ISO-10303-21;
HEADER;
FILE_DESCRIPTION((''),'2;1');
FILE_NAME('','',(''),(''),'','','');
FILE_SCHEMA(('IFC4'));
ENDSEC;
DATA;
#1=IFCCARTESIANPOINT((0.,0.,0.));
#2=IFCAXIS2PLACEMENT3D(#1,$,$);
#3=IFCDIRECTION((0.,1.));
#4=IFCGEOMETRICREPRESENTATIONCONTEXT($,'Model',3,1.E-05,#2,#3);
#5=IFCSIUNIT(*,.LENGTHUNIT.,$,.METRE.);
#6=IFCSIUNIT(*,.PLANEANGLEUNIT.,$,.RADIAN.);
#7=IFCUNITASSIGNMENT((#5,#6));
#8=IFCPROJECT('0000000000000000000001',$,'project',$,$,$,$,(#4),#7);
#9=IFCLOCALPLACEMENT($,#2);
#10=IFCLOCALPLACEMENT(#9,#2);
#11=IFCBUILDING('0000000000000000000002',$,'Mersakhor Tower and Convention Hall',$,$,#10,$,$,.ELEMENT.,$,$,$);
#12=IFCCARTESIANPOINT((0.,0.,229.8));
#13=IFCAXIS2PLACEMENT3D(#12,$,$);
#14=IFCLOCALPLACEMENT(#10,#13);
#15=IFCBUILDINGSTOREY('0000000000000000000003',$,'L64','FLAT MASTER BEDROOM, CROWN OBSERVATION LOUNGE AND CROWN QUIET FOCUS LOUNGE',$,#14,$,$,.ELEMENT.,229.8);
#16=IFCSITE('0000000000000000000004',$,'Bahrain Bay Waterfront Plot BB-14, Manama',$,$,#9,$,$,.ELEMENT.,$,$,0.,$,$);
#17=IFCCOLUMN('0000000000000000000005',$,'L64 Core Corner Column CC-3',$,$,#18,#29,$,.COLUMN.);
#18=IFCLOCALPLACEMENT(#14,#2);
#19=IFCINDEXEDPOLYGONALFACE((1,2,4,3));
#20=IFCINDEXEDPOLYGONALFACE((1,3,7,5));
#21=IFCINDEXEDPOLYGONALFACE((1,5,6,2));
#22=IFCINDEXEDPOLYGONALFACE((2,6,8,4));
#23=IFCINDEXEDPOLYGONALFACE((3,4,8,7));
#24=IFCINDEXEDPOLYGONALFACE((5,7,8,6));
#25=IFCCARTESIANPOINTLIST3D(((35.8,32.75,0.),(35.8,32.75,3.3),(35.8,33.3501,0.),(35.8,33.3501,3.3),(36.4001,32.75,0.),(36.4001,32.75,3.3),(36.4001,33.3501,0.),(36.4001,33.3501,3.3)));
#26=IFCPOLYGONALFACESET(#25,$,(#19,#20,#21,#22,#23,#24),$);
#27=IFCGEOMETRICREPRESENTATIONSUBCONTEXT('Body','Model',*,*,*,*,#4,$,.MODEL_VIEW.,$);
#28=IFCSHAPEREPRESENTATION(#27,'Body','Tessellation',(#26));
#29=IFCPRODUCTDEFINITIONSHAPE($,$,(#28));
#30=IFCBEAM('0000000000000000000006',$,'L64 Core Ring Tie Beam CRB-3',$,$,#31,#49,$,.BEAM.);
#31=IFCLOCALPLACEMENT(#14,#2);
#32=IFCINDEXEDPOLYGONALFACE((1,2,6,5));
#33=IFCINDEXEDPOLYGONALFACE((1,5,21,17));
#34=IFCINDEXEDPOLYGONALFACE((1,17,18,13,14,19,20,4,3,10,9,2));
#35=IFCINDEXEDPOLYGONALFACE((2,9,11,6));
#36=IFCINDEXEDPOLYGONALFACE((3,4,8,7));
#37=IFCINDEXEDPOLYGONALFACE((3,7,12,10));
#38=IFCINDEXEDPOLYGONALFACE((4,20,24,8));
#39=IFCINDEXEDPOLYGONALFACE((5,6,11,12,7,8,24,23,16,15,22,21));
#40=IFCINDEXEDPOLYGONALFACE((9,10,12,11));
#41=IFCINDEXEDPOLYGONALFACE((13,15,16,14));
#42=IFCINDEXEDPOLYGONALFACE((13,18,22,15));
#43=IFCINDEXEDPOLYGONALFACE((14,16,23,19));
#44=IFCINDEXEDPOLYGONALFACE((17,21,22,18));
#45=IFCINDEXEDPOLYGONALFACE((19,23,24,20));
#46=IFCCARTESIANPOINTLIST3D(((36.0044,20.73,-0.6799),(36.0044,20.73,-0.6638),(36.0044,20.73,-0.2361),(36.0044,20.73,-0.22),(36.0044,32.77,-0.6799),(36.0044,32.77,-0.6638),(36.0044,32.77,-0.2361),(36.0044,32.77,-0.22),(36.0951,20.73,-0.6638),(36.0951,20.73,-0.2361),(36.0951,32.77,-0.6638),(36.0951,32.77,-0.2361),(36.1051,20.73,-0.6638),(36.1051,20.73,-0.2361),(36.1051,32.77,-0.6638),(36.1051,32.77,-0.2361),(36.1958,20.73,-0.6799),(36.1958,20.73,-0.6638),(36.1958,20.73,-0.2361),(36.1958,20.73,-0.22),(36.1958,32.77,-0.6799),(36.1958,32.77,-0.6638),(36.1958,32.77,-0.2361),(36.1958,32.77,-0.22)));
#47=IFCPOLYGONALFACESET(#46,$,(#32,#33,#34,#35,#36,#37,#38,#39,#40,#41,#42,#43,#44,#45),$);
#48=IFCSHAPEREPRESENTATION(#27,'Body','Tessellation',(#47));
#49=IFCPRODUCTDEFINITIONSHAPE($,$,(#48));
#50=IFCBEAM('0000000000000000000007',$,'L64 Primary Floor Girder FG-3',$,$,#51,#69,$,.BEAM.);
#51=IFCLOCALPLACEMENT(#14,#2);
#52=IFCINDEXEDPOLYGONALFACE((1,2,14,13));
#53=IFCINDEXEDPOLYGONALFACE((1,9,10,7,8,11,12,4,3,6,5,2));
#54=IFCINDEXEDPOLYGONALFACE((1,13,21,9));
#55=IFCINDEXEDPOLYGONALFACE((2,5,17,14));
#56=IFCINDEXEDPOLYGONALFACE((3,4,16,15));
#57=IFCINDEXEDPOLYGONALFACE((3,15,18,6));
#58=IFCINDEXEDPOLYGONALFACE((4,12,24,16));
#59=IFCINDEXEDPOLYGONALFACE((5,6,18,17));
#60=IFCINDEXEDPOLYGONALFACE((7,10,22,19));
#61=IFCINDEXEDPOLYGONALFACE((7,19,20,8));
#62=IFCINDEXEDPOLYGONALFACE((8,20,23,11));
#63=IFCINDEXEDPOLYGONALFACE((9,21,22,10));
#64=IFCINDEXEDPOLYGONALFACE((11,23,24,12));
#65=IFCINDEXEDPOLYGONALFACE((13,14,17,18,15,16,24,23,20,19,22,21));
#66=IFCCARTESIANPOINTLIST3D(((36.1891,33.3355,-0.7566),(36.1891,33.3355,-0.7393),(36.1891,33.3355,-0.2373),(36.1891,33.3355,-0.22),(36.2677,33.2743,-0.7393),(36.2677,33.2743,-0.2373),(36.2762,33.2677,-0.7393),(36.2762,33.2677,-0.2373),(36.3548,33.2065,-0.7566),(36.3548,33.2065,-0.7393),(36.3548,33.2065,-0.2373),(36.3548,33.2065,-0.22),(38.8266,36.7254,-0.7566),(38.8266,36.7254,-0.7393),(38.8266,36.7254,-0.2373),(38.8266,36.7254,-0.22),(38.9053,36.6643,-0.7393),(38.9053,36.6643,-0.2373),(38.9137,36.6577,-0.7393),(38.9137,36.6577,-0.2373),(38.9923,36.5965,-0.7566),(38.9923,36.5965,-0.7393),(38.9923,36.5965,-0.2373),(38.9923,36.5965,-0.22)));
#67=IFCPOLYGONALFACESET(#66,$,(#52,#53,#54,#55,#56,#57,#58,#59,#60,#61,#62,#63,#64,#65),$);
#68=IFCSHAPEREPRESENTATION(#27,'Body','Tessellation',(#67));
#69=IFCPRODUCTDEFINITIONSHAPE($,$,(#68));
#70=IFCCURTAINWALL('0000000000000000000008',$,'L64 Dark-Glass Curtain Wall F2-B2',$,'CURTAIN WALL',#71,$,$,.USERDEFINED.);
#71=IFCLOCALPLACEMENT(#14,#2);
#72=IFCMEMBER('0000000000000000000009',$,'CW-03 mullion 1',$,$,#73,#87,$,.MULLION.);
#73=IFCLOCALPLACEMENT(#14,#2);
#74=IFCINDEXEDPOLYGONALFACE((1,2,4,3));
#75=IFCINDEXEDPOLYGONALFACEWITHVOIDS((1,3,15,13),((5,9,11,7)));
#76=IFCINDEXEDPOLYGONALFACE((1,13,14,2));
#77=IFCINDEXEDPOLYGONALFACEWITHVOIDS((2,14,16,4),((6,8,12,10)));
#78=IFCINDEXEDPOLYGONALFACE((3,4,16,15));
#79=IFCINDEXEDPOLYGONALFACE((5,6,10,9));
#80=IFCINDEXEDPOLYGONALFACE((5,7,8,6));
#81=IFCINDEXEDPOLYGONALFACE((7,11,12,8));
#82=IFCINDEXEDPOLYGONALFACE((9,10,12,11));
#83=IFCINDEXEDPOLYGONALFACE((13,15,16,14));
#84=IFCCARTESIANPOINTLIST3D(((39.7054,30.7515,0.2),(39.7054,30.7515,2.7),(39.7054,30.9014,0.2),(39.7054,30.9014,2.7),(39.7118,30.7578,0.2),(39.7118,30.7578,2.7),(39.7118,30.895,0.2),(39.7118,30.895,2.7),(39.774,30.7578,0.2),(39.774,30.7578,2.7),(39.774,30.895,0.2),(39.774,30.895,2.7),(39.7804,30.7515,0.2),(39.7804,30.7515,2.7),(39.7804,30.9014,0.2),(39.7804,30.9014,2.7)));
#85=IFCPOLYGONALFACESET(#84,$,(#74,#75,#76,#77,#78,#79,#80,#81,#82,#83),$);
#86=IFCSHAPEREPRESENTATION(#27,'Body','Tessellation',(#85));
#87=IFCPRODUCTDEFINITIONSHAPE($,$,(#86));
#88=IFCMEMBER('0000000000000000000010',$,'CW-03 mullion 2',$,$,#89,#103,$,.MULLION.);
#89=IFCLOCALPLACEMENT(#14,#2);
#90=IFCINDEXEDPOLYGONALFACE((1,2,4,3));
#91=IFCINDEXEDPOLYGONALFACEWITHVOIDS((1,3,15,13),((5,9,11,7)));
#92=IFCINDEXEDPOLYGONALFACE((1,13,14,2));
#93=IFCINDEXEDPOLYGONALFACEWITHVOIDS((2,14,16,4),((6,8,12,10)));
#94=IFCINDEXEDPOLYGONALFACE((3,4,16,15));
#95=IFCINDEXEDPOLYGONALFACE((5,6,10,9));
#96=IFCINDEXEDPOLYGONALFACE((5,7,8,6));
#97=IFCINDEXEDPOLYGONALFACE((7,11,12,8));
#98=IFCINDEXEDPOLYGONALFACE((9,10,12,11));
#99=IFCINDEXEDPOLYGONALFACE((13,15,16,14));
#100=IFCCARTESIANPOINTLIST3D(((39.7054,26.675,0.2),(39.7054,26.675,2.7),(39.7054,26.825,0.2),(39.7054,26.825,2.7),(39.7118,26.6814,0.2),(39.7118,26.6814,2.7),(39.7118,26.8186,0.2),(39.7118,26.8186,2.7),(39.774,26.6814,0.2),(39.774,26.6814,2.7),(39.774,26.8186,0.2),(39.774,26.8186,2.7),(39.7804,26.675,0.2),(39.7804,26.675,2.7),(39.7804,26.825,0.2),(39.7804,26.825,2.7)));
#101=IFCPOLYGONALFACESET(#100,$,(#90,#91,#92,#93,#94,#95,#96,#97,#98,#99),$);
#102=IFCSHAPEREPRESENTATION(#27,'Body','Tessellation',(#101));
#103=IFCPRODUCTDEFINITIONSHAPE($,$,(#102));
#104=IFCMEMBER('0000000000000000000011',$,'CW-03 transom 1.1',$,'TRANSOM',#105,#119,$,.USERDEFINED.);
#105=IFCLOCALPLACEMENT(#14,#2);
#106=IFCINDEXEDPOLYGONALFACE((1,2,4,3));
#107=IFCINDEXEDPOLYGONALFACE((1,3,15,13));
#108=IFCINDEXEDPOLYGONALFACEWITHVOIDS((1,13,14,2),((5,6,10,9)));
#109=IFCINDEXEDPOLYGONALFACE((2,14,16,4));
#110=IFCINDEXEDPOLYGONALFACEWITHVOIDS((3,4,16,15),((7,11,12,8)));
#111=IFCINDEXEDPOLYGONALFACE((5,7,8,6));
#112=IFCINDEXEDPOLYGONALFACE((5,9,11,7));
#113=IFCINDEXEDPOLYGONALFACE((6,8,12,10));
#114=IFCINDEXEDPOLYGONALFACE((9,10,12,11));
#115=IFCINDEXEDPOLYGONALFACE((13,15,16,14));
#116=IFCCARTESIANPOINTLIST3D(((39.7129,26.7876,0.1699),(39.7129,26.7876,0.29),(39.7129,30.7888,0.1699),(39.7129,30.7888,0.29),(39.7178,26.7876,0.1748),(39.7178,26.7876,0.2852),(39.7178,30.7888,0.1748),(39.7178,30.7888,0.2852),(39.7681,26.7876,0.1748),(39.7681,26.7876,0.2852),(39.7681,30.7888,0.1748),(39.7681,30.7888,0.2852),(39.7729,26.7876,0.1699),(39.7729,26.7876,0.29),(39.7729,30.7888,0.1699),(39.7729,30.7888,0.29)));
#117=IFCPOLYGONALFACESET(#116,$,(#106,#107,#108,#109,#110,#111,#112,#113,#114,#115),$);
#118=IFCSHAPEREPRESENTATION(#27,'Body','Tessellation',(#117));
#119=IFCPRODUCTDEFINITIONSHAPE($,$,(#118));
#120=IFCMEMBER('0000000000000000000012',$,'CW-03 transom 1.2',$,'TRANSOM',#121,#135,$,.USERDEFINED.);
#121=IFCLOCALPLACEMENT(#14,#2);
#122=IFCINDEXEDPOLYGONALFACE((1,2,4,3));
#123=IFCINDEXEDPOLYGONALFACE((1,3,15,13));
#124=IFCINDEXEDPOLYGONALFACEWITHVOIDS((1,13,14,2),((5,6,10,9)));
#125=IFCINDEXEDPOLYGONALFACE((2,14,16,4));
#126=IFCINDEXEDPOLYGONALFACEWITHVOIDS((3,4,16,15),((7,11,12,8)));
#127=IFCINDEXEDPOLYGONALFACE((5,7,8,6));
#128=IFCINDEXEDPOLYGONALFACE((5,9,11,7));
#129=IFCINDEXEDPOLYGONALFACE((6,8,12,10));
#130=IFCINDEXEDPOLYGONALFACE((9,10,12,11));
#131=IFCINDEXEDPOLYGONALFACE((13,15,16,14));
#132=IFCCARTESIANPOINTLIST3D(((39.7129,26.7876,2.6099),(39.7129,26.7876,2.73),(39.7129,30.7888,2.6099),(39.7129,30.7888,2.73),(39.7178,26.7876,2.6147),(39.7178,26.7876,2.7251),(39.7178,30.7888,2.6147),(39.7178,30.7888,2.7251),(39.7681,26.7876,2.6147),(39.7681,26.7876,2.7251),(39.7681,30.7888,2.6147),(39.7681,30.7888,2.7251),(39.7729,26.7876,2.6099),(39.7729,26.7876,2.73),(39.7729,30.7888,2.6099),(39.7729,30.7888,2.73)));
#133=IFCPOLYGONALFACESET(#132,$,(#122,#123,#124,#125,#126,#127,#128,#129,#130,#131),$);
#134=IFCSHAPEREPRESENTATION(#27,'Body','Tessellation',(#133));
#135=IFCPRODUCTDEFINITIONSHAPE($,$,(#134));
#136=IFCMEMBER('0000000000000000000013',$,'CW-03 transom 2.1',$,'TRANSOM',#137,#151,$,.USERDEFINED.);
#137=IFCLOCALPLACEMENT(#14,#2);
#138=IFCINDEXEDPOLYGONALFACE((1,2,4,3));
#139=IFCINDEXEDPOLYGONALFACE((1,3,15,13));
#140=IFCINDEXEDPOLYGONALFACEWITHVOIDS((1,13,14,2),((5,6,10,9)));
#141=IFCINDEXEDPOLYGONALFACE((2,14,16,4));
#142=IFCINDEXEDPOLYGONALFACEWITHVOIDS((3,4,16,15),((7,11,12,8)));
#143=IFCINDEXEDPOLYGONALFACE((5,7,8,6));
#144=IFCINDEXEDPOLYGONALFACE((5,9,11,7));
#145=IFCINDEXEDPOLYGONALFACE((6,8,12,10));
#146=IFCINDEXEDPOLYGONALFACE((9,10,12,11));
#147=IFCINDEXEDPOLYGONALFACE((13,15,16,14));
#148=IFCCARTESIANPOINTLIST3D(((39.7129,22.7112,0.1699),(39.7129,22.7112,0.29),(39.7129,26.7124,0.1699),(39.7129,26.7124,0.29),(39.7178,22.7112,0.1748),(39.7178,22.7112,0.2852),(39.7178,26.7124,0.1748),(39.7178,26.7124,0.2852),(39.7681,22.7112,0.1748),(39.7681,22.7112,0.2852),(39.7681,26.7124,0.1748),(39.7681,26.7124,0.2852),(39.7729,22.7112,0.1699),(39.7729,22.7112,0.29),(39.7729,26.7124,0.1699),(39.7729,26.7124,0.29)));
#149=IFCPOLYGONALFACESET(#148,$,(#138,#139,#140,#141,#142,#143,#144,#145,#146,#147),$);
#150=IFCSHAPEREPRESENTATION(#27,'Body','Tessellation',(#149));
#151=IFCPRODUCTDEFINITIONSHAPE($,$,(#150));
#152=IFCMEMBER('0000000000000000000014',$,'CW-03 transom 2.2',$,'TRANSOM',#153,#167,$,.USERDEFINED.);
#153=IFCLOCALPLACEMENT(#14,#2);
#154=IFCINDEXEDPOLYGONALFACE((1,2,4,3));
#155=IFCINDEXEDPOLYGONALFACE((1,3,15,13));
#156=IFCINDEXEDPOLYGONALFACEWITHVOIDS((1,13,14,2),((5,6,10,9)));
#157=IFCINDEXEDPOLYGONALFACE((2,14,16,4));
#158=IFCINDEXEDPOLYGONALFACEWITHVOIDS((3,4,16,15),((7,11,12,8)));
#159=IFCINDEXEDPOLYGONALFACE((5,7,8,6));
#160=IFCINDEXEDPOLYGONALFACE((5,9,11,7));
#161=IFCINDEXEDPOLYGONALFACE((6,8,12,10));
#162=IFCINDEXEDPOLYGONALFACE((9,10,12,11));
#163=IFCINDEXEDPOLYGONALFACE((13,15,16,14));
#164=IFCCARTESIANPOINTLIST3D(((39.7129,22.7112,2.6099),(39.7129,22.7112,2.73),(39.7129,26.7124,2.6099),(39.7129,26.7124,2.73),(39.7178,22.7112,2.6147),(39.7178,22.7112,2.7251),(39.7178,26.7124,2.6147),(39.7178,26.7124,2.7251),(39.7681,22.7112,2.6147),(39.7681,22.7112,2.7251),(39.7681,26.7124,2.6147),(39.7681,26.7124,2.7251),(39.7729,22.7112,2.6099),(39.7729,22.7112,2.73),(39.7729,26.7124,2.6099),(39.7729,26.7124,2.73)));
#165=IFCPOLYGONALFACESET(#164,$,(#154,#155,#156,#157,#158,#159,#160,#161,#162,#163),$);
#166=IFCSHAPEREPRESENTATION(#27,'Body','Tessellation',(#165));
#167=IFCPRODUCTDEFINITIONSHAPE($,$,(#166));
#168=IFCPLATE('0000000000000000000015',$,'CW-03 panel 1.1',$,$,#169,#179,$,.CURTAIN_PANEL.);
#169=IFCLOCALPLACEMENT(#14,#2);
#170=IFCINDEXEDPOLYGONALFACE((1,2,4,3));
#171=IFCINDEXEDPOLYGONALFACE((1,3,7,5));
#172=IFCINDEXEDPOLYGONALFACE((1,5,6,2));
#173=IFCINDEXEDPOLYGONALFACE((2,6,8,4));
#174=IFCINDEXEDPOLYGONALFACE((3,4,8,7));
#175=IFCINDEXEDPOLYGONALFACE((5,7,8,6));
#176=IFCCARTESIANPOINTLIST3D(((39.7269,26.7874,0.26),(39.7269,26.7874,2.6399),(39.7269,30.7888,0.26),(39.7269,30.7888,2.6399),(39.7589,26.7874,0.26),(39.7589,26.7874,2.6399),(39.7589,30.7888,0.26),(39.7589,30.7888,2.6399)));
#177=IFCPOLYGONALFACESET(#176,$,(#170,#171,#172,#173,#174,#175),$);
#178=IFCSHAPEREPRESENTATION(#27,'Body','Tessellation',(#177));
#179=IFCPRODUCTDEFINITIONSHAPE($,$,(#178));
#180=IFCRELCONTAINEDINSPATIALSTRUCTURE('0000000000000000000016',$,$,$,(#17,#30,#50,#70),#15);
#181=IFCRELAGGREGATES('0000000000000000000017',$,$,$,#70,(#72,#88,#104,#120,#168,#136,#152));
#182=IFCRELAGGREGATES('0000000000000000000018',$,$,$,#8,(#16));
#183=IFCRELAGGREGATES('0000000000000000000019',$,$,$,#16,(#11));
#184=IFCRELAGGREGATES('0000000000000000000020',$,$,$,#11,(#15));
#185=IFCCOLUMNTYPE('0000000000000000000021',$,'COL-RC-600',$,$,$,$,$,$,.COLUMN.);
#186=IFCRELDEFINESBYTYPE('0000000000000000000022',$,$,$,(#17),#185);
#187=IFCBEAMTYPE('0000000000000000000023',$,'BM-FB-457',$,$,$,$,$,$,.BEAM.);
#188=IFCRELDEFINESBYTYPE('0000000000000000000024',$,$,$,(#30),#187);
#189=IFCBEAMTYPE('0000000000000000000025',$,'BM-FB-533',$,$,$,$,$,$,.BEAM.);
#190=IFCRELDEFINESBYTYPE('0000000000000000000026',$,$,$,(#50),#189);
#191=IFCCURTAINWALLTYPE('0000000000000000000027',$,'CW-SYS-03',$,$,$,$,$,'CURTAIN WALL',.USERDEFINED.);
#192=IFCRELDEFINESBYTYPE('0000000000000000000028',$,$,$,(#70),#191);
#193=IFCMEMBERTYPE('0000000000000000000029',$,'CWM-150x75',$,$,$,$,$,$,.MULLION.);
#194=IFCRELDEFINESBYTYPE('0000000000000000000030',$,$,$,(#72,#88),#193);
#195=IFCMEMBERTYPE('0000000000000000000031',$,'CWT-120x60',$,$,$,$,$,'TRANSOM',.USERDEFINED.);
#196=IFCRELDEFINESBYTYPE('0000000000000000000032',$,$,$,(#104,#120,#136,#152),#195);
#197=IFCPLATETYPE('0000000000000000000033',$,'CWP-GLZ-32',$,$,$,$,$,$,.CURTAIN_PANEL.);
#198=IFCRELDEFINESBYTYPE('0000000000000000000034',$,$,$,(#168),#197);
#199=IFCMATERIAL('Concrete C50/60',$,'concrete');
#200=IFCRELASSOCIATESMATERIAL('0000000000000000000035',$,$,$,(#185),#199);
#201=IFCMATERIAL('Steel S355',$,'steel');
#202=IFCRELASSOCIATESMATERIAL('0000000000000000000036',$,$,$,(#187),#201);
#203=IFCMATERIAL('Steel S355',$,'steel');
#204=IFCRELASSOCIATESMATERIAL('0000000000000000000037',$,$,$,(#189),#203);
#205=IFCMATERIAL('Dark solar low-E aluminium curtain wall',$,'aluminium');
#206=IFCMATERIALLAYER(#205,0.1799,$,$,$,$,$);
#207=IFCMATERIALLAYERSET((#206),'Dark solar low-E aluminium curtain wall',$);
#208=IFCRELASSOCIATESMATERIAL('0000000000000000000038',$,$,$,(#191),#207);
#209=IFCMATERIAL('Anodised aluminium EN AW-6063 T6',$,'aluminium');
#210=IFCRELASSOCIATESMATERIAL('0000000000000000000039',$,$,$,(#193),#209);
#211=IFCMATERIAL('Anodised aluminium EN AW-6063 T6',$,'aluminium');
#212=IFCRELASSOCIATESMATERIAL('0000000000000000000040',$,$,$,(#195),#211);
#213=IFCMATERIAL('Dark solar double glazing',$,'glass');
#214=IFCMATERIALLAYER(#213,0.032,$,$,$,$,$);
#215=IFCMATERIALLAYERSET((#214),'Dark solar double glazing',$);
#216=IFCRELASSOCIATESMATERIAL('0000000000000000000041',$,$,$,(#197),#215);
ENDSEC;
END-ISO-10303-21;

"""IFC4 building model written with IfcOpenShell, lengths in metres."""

from ifc_helpers import new_model, si_unit, direction, frame, origin, origin_2d, place, context, subcontext, project, spatial, rectangle, hollow_rectangle, i_section, extrude, material, layer, layer_set, material_profile, profile_set, type_object, element, aggregate, save


model = new_model("IFC4")

# Units and contexts
model_context = context("Model", 3, precision=1e-05, world=origin(), true_north=direction((0.0, 1.0)))
body_context = subcontext(model_context, "Body", "Model", "MODEL_VIEW")
ifc_project = project(units=[si_unit("LENGTHUNIT", "METRE"), si_unit("PLANEANGLEUNIT", "RADIAN")], contexts=[model_context])

# Site, building, storey
site_placement = place(None, origin())
site = spatial("IfcSite", under=ifc_project, at=site_placement, Name="Bahrain Bay Waterfront Plot BB-14, Manama", CompositionType="ELEMENT", RefElevation=0.0)
building_placement = place(site_placement, origin())
building = spatial("IfcBuilding", under=site, at=building_placement, Name="Mersakhor Tower and Convention Hall", CompositionType="ELEMENT")
storey_placement = place(building_placement, frame((0.0, 0.0, 229.8)))
storey = spatial("IfcBuildingStorey", under=building, at=storey_placement, Name="L64", Description="FLAT MASTER BEDROOM, CROWN OBSERVATION LOUNGE AND CROWN QUIET FOCUS LOUNGE", CompositionType="ELEMENT", Elevation=229.8)

# Column
ifc_material_1 = material(Name="Concrete C50/60", Category="concrete")
ifc_material_profile_1 = material_profile(ifc_material_1, rectangle(XDim=0.6001, YDim=0.6001, at=origin_2d()), Name="RC 600x600")
ifc_profile_set_1 = profile_set([ifc_material_profile_1], Name="Concrete C50/60")
column_type = type_object("IfcColumnType", Name="COL-RC-600", PredefinedType="COLUMN", material=ifc_profile_set_1)
column_placement = place(storey_placement, frame((36.1001, 33.05, 0.0), z_axis=(0.0, 0.0, 1.0), x_axis=(1.0, 0.0, 0.0)))
element("IfcColumn", 1, at=column_placement, inside=storey, type_object=column_type, Name="L64 Core Corner Column CC-3", PredefinedType="COLUMN", context=body_context, shape_type="SweptSolid", body=[
    extrude(rectangle(XDim=0.6001, YDim=0.6001, at=origin_2d()), origin(), (0.0, 0.0, 1.0), 3.3),
])

# Beams
ifc_material_2 = material(Name="Steel S355", Category="steel")
ifc_material_profile_2 = material_profile(ifc_material_2, i_section(OverallWidth=0.1914, OverallDepth=0.46, WebThickness=0.01, FlangeThickness=0.0161, at=origin_2d()), Name="UB 457x191x82")
ifc_profile_set_2 = profile_set([ifc_material_profile_2], Name="Steel S355")
beam_type_1 = type_object("IfcBeamType", Name="BM-FB-457", PredefinedType="BEAM", material=ifc_profile_set_2)
beam_1_placement = place(storey_placement, frame((36.1001, 32.77, -0.45), z_axis=(0.0, -1.0, 0.0), x_axis=(1.0, 0.0, 0.0)))
element("IfcBeam", 2, at=beam_1_placement, inside=storey, type_object=beam_type_1, Name="L64 Core Ring Tie Beam CRB-3", PredefinedType="BEAM", context=body_context, shape_type="SweptSolid", body=[
    extrude(i_section(OverallWidth=0.1914, OverallDepth=0.46, WebThickness=0.01, FlangeThickness=0.0161, at=origin_2d()), origin(), (0.0, 0.0, 1.0), 12.04),
])
ifc_material_3 = material(Name="Steel S355", Category="steel")
ifc_material_profile_3 = material_profile(ifc_material_3, i_section(OverallWidth=0.21, OverallDepth=0.5366, WebThickness=0.0107, FlangeThickness=0.0173, at=origin_2d()), Name="UB 533x210x101")
ifc_profile_set_3 = profile_set([ifc_material_profile_3], Name="Steel S355")
beam_type_2 = type_object("IfcBeamType", Name="BM-FB-533", PredefinedType="BEAM", material=ifc_profile_set_3)
beam_2_placement = place(storey_placement, frame((36.272, 33.271, -0.4883), z_axis=(0.614067, 0.789254, 0.0), x_axis=(-0.789254, 0.614067, 0.0)))
element("IfcBeam", 3, at=beam_2_placement, inside=storey, type_object=beam_type_2, Name="L64 Primary Floor Girder FG-3", PredefinedType="BEAM", context=body_context, shape_type="SweptSolid", body=[
    extrude(i_section(OverallWidth=0.21, OverallDepth=0.5366, WebThickness=0.0107, FlangeThickness=0.0173, at=origin_2d()), origin(), (0.0, 0.0, 1.0), 4.2952),
])

# Curtain wall, members, plate
ifc_material_4 = material(Name="Dark solar low-E aluminium curtain wall", Category="aluminium")
ifc_layer_1 = layer(ifc_material_4, 0.1799)
ifc_layer_set_1 = layer_set([ifc_layer_1], Name="Dark solar low-E aluminium curtain wall")
curtain_wall_type = type_object("IfcCurtainWallType", Name="CW-SYS-03", ElementType="CURTAIN WALL", PredefinedType="USERDEFINED", material=ifc_layer_set_1)
curtain_wall_placement = place(storey_placement, origin())
curtain_wall = element("IfcCurtainWall", 4, at=curtain_wall_placement, inside=storey, type_object=curtain_wall_type, Name="L64 Dark-Glass Curtain Wall F2-B2", ObjectType="CURTAIN WALL", PredefinedType="USERDEFINED")
ifc_material_5 = material(Name="Anodised aluminium EN AW-6063 T6", Category="aluminium")
ifc_material_profile_4 = material_profile(ifc_material_5, hollow_rectangle(XDim=0.075, YDim=0.1499, WallThickness=0.0063, at=origin_2d()), Name="RHS 150x75x6.3")
ifc_profile_set_4 = profile_set([ifc_material_profile_4], Name="Anodised aluminium EN AW-6063 T6")
member_type_1 = type_object("IfcMemberType", Name="CWM-150x75", PredefinedType="MULLION", material=ifc_profile_set_4)
member_1_placement = place(storey_placement, frame((39.7429, 30.8264, 0.2), z_axis=(0.0, 0.0, 1.0), x_axis=(1.0, 0.0, 0.0)))
member_1 = element("IfcMember", 5, at=member_1_placement, type_object=member_type_1, Name="CW-03 mullion 1", PredefinedType="MULLION", context=body_context, shape_type="SweptSolid", body=[
    extrude(hollow_rectangle(XDim=0.075, YDim=0.1499, WallThickness=0.0063, at=origin_2d()), origin(), (0.0, 0.0, 1.0), 2.5),
])
member_2_placement = place(storey_placement, frame((39.7429, 26.75, 0.2), z_axis=(0.0, 0.0, 1.0), x_axis=(1.0, 0.0, 0.0)))
member_2 = element("IfcMember", 6, at=member_2_placement, type_object=member_type_1, Name="CW-03 mullion 2", PredefinedType="MULLION", context=body_context, shape_type="SweptSolid", body=[
    extrude(hollow_rectangle(XDim=0.075, YDim=0.1499, WallThickness=0.0063, at=origin_2d()), origin(), (0.0, 0.0, 1.0), 2.5),
])
ifc_material_6 = material(Name="Anodised aluminium EN AW-6063 T6", Category="aluminium")
ifc_material_profile_5 = material_profile(ifc_material_6, hollow_rectangle(XDim=0.0601, YDim=0.1201, WallThickness=0.0049, at=origin_2d()), Name="RHS 120x60x5")
ifc_profile_set_5 = profile_set([ifc_material_profile_5], Name="Anodised aluminium EN AW-6063 T6")
member_type_2 = type_object("IfcMemberType", Name="CWT-120x60", ElementType="TRANSOM", PredefinedType="USERDEFINED", material=ifc_profile_set_5)
member_3_placement = place(storey_placement, frame((39.7429, 30.7888, 0.23), z_axis=(0.0, -1.0, 0.0), x_axis=(1.0, 0.0, 0.0)))
member_3 = element("IfcMember", 7, at=member_3_placement, type_object=member_type_2, Name="CW-03 transom 1.1", ObjectType="TRANSOM", PredefinedType="USERDEFINED", context=body_context, shape_type="SweptSolid", body=[
    extrude(hollow_rectangle(XDim=0.0601, YDim=0.1201, WallThickness=0.0049, at=origin_2d()), origin(), (0.0, 0.0, 1.0), 4.0012),
])
member_4_placement = place(storey_placement, frame((39.7429, 30.7888, 2.6699), z_axis=(0.0, -1.0, 0.0), x_axis=(1.0, 0.0, 0.0)))
member_4 = element("IfcMember", 8, at=member_4_placement, type_object=member_type_2, Name="CW-03 transom 1.2", ObjectType="TRANSOM", PredefinedType="USERDEFINED", context=body_context, shape_type="SweptSolid", body=[
    extrude(hollow_rectangle(XDim=0.0601, YDim=0.1201, WallThickness=0.0049, at=origin_2d()), origin(), (0.0, 0.0, 1.0), 4.0012),
])
member_5_placement = place(storey_placement, frame((39.7429, 26.7124, 0.23), z_axis=(0.0, -1.0, 0.0), x_axis=(1.0, 0.0, 0.0)))
member_5 = element("IfcMember", 9, at=member_5_placement, type_object=member_type_2, Name="CW-03 transom 2.1", ObjectType="TRANSOM", PredefinedType="USERDEFINED", context=body_context, shape_type="SweptSolid", body=[
    extrude(hollow_rectangle(XDim=0.0601, YDim=0.1201, WallThickness=0.0049, at=origin_2d()), origin(), (0.0, 0.0, 1.0), 4.0012),
])
member_6_placement = place(storey_placement, frame((39.7429, 26.7124, 2.6699), z_axis=(0.0, -1.0, 0.0), x_axis=(1.0, 0.0, 0.0)))
member_6 = element("IfcMember", 10, at=member_6_placement, type_object=member_type_2, Name="CW-03 transom 2.2", ObjectType="TRANSOM", PredefinedType="USERDEFINED", context=body_context, shape_type="SweptSolid", body=[
    extrude(hollow_rectangle(XDim=0.0601, YDim=0.1201, WallThickness=0.0049, at=origin_2d()), origin(), (0.0, 0.0, 1.0), 4.0012),
])
ifc_material_7 = material(Name="Dark solar double glazing", Category="glass")
ifc_layer_2 = layer(ifc_material_7, 0.032)
ifc_layer_set_2 = layer_set([ifc_layer_2], Name="Dark solar double glazing")
plate_type_1 = type_object("IfcPlateType", Name="CWP-GLZ-32", PredefinedType="CURTAIN_PANEL", material=ifc_layer_set_2)
plate_1_placement = place(storey_placement, frame((39.7429, 28.7881, 0.26), z_axis=(0.0, 0.0, 1.0), x_axis=(0.0, -1.0, 0.0)))
plate_1 = element("IfcPlate", 11, at=plate_1_placement, type_object=plate_type_1, Name="CW-03 panel 1.1", PredefinedType="CURTAIN_PANEL", context=body_context, shape_type="SweptSolid", body=[
    extrude(rectangle(XDim=4.0015, YDim=0.032, at=origin_2d()), origin(), (0.0, 0.0, 1.0), 2.3799),
])
aggregate(curtain_wall, [member_1, member_2, member_3, member_4, plate_1, member_5, member_6])

save(model, "model.ifc")
